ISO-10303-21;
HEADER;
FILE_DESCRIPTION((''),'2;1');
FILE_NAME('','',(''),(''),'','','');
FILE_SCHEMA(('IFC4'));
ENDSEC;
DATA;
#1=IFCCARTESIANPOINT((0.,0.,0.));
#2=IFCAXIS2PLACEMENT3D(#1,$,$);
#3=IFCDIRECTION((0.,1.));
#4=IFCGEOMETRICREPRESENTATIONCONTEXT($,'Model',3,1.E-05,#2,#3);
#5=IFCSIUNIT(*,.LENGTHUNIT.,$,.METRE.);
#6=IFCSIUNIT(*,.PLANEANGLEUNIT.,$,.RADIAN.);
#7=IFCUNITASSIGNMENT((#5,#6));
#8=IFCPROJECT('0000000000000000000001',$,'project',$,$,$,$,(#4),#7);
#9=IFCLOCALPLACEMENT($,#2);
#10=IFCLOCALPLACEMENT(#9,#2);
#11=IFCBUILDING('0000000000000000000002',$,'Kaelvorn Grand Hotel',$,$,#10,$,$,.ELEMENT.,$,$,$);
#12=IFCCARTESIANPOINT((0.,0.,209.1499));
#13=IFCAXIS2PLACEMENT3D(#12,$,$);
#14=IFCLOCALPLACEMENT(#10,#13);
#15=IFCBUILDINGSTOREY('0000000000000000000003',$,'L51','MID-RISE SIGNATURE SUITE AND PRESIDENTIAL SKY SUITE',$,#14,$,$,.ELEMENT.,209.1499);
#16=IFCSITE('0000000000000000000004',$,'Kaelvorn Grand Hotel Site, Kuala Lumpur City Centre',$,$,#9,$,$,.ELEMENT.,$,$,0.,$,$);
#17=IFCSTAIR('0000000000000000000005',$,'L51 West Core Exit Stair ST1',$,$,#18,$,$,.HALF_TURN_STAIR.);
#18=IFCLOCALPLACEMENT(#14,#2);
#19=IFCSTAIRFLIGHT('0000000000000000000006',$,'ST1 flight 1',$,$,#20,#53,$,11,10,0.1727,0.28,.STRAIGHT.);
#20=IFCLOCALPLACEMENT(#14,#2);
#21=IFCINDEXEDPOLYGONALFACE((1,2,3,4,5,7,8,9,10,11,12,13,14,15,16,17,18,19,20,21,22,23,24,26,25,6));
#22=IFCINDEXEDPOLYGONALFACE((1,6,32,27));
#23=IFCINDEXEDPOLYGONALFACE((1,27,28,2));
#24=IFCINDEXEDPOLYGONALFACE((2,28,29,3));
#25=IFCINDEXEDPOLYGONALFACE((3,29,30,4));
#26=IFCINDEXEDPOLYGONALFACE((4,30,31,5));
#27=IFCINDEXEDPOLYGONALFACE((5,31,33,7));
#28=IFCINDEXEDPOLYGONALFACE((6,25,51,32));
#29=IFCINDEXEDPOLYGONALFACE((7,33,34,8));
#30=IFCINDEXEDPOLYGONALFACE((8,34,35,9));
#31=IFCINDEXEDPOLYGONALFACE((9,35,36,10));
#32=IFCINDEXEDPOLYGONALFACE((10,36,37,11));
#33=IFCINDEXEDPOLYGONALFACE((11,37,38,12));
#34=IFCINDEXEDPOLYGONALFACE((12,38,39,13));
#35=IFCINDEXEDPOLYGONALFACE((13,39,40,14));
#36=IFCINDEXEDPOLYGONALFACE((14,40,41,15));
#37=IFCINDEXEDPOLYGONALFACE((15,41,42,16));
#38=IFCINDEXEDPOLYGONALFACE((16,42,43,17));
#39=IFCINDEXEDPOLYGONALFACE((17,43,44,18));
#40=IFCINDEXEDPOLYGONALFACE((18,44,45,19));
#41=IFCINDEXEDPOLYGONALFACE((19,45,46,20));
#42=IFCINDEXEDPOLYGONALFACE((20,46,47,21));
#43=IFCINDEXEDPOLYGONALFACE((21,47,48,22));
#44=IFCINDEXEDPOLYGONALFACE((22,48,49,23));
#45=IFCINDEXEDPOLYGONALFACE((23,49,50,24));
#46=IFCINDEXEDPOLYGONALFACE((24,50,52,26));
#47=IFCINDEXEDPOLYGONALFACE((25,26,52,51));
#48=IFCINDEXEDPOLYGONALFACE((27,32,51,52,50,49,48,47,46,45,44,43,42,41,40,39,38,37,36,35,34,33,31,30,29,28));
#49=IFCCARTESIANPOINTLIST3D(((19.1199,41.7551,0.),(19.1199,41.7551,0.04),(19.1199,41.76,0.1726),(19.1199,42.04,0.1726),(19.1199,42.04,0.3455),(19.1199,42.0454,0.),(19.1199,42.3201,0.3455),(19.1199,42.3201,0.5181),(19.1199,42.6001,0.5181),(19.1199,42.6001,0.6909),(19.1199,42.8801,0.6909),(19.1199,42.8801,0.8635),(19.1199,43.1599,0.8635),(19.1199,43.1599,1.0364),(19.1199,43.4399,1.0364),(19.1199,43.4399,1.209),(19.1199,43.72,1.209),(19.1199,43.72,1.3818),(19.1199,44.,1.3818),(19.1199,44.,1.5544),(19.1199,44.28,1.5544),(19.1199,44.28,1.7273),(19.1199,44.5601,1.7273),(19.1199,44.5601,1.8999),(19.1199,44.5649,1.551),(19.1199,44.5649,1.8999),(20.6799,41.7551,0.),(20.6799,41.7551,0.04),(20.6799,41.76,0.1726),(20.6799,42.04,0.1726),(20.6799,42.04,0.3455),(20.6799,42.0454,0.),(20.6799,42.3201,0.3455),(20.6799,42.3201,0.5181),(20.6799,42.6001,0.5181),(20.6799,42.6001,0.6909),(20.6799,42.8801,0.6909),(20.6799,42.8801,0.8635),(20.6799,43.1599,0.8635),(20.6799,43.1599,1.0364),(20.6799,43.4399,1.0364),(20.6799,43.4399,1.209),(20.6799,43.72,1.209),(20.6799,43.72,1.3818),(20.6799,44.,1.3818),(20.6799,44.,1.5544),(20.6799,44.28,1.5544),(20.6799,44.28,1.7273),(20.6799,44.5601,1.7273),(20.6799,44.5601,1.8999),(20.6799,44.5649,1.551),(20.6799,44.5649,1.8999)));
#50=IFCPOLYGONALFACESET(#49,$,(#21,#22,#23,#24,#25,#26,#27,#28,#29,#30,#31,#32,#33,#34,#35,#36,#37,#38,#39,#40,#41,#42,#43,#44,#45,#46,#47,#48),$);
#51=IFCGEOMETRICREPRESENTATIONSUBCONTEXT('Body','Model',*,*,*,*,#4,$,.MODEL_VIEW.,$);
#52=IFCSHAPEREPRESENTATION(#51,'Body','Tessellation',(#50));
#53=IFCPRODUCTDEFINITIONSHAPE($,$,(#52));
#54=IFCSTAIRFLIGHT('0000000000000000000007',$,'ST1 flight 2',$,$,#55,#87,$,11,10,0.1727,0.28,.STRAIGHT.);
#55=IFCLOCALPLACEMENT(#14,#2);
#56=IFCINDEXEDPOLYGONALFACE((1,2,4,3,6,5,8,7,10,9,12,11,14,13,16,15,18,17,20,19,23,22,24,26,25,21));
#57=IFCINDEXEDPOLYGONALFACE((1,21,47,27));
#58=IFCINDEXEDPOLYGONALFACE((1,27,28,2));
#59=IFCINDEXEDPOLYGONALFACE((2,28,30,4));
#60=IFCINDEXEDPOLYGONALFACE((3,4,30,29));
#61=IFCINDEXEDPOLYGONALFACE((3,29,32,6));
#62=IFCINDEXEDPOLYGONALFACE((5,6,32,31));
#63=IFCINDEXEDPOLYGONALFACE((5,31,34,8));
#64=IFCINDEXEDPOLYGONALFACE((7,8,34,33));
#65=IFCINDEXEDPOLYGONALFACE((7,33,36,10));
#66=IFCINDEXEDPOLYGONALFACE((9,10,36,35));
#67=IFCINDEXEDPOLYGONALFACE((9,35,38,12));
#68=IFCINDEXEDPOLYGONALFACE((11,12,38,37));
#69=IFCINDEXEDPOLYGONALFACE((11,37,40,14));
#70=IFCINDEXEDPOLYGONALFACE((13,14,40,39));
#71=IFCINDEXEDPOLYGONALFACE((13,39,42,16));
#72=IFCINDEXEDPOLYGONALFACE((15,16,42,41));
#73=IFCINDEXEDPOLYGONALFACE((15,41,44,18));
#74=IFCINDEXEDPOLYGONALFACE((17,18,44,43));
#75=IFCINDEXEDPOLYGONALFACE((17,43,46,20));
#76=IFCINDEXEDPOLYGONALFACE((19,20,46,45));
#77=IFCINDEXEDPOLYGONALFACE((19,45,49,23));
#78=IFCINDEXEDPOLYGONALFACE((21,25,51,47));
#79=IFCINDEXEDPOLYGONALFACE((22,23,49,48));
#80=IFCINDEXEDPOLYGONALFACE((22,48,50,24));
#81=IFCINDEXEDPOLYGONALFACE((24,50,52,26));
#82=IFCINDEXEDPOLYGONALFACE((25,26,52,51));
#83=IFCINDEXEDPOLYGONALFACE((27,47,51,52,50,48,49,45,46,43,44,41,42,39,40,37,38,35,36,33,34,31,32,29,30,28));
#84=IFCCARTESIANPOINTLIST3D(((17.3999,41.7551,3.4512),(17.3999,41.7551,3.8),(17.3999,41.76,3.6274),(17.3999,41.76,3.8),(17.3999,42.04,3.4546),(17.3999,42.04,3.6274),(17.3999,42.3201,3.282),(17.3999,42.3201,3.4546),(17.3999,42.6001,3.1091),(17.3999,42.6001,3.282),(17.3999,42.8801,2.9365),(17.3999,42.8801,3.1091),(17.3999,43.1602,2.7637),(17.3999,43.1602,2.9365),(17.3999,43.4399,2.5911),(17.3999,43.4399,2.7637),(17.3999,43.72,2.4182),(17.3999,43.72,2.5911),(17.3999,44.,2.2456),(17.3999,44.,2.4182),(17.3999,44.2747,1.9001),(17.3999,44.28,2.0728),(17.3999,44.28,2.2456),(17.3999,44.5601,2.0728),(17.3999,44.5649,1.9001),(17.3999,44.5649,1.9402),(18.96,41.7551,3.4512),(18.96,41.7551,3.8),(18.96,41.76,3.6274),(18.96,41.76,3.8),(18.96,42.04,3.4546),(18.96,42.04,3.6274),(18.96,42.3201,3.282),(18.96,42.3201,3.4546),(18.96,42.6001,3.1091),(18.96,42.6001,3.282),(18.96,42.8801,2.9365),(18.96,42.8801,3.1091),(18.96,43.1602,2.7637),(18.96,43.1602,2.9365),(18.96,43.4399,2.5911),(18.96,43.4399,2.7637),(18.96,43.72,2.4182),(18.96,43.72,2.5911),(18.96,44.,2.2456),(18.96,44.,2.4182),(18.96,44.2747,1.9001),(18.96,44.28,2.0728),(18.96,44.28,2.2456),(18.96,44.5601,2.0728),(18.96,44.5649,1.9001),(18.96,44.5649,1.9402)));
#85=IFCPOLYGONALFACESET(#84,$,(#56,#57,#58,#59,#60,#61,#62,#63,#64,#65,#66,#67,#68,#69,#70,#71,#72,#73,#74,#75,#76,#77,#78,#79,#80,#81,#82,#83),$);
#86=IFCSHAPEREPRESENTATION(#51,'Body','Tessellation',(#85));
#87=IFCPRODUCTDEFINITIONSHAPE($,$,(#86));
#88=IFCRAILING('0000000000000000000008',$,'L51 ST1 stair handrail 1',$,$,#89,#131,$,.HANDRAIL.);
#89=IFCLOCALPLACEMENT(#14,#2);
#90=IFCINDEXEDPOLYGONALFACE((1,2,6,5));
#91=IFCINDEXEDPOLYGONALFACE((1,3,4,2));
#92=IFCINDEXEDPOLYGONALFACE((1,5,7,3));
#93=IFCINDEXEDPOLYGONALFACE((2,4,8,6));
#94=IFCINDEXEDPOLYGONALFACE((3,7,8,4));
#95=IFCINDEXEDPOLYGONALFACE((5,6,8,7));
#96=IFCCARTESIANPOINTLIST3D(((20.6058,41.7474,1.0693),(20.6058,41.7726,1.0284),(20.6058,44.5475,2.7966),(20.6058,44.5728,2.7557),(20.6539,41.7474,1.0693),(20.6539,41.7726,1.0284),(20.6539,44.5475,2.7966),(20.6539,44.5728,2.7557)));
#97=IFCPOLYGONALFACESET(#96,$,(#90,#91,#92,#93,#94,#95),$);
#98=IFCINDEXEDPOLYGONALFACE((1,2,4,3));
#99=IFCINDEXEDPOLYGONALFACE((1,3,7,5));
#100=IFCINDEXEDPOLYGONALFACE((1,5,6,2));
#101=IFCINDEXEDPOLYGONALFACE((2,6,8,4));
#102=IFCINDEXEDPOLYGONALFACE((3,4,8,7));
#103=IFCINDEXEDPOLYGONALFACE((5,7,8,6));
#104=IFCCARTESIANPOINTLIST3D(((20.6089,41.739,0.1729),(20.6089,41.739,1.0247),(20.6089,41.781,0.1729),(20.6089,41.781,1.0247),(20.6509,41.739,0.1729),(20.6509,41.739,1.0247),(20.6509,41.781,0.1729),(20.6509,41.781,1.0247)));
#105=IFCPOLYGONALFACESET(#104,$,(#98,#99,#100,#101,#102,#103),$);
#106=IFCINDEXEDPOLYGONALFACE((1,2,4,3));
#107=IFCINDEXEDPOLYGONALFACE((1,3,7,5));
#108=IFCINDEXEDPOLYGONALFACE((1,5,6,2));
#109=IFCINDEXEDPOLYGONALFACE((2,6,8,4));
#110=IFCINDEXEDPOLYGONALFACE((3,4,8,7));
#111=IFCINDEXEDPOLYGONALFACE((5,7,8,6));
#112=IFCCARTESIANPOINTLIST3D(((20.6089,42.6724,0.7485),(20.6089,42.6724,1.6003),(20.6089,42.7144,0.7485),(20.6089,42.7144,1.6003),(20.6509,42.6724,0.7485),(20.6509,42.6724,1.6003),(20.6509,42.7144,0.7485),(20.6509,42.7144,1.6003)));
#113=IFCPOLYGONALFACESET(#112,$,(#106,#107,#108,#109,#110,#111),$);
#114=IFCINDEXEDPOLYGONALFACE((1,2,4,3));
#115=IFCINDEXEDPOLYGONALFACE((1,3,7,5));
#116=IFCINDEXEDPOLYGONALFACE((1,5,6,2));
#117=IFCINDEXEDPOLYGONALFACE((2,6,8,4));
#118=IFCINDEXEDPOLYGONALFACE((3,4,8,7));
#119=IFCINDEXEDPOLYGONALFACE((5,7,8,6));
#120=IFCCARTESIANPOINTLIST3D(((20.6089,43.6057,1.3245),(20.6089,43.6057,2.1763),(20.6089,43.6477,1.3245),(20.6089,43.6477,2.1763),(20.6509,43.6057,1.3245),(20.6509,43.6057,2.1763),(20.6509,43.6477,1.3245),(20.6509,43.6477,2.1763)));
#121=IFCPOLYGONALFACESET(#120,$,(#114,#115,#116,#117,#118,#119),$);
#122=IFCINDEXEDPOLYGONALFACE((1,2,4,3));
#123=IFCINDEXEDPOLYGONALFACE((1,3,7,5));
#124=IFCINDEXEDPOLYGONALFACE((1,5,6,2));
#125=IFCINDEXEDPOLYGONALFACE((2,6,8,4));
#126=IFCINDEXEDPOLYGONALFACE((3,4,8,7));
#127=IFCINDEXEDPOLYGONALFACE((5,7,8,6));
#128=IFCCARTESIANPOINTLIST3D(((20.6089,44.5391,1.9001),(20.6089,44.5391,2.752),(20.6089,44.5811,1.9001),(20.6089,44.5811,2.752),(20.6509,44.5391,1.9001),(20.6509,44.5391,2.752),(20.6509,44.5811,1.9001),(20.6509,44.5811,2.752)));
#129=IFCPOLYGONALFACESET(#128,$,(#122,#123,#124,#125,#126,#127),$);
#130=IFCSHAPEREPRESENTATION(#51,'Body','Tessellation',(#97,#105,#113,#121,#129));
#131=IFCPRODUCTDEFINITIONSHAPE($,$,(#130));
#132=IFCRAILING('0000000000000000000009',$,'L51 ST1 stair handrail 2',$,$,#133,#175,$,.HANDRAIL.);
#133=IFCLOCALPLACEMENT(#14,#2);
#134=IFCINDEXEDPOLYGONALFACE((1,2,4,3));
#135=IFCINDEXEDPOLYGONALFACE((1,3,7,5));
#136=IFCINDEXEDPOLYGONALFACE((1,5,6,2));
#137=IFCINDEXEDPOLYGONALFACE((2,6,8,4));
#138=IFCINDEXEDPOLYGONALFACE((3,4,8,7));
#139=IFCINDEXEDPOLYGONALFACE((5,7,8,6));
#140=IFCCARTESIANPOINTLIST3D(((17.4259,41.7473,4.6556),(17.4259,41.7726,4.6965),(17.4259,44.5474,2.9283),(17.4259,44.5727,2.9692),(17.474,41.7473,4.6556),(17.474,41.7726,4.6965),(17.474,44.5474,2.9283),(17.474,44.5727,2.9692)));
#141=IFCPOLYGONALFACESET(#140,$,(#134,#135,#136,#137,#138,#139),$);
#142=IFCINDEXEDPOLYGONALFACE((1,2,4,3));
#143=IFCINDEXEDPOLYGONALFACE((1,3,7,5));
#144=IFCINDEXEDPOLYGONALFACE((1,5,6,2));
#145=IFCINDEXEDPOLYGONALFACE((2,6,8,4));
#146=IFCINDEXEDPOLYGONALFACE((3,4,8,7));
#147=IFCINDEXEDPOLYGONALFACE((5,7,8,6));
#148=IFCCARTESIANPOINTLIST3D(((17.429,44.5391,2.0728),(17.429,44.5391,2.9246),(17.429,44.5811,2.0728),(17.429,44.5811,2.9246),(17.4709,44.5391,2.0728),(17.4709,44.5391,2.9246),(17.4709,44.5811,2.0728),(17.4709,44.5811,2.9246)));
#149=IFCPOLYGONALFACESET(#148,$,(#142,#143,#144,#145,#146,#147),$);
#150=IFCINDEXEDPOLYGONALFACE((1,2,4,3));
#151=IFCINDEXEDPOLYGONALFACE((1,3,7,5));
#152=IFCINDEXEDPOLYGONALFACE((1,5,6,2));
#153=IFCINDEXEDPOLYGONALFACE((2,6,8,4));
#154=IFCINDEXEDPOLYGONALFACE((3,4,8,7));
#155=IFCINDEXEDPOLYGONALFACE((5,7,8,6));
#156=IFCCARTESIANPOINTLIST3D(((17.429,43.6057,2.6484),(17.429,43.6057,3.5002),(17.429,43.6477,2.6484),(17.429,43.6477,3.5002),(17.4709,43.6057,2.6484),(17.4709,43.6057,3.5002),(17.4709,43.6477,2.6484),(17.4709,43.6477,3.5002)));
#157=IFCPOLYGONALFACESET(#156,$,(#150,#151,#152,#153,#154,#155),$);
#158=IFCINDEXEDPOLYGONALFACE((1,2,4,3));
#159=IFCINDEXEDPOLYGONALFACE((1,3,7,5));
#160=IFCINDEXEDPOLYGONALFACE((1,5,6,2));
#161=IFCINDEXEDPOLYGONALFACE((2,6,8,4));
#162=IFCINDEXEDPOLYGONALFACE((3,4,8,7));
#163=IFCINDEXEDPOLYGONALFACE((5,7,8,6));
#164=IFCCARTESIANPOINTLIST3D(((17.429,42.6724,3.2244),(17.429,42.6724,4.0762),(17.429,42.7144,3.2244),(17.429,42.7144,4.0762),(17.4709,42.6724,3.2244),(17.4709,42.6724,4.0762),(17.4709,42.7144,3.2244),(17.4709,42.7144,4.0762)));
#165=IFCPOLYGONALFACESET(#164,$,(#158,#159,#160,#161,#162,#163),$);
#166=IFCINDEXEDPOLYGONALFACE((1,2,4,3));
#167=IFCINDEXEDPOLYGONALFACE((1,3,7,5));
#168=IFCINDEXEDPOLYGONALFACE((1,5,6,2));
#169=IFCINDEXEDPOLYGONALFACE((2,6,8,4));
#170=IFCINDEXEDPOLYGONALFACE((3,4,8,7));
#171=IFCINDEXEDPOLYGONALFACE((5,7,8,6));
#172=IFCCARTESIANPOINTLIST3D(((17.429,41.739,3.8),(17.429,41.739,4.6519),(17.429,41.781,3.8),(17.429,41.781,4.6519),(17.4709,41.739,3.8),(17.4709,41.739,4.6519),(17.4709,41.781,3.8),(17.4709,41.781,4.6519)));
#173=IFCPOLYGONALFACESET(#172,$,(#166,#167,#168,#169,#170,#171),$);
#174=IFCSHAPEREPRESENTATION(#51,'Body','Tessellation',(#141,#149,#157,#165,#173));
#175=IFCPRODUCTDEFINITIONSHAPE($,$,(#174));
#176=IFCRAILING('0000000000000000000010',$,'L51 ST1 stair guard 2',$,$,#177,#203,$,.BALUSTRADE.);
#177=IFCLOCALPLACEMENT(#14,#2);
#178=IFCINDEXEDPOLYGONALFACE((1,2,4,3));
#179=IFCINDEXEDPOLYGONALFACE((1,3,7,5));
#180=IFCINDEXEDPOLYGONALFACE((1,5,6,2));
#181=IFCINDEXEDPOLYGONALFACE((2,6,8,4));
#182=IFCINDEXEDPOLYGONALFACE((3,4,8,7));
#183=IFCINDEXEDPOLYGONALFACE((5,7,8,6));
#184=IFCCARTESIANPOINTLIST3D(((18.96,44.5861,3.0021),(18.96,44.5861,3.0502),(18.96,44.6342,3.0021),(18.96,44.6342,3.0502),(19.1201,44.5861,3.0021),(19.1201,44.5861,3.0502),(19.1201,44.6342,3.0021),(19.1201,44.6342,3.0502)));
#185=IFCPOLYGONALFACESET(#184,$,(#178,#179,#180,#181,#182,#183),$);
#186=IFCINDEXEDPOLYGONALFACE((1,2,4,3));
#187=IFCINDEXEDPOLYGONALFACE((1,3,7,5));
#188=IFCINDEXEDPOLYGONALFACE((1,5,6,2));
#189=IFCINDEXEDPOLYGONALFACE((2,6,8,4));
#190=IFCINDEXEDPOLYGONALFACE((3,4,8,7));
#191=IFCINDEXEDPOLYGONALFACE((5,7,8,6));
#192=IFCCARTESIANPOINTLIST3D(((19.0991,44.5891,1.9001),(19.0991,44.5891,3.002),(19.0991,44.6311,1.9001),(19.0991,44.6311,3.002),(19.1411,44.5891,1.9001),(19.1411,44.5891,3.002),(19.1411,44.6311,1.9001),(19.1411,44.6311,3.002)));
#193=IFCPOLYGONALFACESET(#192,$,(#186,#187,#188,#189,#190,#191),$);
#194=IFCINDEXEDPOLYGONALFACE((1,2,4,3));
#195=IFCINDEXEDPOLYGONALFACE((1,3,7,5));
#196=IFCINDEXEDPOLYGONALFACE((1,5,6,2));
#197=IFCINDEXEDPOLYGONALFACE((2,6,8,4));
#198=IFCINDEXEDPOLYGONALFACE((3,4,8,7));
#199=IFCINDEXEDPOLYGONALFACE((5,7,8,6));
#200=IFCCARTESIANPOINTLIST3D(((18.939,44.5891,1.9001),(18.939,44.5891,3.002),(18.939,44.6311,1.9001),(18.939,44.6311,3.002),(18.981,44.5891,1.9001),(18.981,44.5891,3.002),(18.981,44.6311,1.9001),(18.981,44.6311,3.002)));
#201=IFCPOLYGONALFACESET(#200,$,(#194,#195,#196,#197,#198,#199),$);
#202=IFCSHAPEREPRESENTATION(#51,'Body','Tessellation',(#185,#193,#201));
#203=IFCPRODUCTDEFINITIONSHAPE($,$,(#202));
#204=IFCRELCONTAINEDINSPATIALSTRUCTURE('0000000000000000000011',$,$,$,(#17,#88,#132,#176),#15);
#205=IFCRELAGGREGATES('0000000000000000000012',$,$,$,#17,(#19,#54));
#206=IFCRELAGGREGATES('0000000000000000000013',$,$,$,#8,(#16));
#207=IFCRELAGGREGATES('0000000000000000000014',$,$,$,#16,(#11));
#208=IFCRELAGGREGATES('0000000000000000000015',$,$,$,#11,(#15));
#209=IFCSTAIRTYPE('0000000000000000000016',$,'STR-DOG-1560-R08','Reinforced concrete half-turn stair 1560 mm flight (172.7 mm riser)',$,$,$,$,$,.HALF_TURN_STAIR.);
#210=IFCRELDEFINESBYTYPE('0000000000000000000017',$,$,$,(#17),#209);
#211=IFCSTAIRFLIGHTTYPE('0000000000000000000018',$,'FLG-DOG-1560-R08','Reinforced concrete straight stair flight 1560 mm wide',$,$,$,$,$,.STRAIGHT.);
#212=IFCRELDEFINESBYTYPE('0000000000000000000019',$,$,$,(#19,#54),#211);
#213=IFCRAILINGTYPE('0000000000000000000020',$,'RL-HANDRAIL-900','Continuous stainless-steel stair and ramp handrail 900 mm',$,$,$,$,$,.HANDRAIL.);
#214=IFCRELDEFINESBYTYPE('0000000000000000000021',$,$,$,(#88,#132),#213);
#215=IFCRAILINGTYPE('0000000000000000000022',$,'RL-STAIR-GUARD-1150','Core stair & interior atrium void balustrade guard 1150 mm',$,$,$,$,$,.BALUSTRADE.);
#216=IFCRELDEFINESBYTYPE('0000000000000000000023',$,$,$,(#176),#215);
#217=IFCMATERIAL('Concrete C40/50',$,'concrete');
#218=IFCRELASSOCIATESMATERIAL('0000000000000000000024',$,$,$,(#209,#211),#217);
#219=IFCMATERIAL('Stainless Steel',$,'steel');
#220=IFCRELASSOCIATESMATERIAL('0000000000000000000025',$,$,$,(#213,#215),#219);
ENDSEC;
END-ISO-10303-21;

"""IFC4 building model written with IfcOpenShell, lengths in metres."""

from ifc_helpers import new_model, si_unit, direction, frame, origin, origin_2d, place, context, subcontext, project, spatial, polyline, rectangle, outline, extrude, material, type_object, element, aggregate, save


model = new_model("IFC4")

# Units and contexts
model_context = context("Model", 3, precision=1e-05, world=origin(), true_north=direction((0.0, 1.0)))
body_context = subcontext(model_context, "Body", "Model", "MODEL_VIEW")
ifc_project = project(units=[si_unit("LENGTHUNIT", "METRE"), si_unit("PLANEANGLEUNIT", "RADIAN")], contexts=[model_context])

# Site, building, storey
site_placement = place(None, origin())
site = spatial("IfcSite", under=ifc_project, at=site_placement, Name="Kaelvorn Grand Hotel Site, Kuala Lumpur City Centre", CompositionType="ELEMENT", RefElevation=0.0)
building_placement = place(site_placement, origin())
building = spatial("IfcBuilding", under=site, at=building_placement, Name="Kaelvorn Grand Hotel", CompositionType="ELEMENT")
storey_placement = place(building_placement, frame((0.0, 0.0, 209.1499)))
storey = spatial("IfcBuildingStorey", under=building, at=storey_placement, Name="L51", Description="MID-RISE SIGNATURE SUITE AND PRESIDENTIAL SKY SUITE", CompositionType="ELEMENT", Elevation=209.1499)

# Shared definitions
ifc_material_1 = material(Name="Concrete C40/50", Category="concrete")

# Stair, stair flights
stair_type = type_object("IfcStairType", Name="STR-DOG-1560-R08", Description="Reinforced concrete half-turn stair 1560 mm flight (172.7 mm riser)", PredefinedType="HALF_TURN_STAIR", material=ifc_material_1)
stair_placement = place(storey_placement, origin())
stair = element("IfcStair", 1, at=stair_placement, inside=storey, type_object=stair_type, Name="L51 West Core Exit Stair ST1", PredefinedType="HALF_TURN_STAIR")
stair_flight_type = type_object("IfcStairFlightType", Name="FLG-DOG-1560-R08", Description="Reinforced concrete straight stair flight 1560 mm wide", PredefinedType="STRAIGHT", material=ifc_material_1)
stair_flight_1_placement = place(storey_placement, frame((19.8999, 41.76, 0.0), z_axis=(0.0, 0.0, 1.0), x_axis=(0.0, 1.0, 0.0)))
stair_flight_1 = element("IfcStairFlight", 2, at=stair_flight_1_placement, type_object=stair_flight_type, Name="ST1 flight 1", NumberOfRisers=11, NumberOfTreads=10, PredefinedType="STRAIGHT", RiserHeight=0.1727, TreadLength=0.28, context=body_context, shape_type="SweptSolid", body=[
    extrude(outline(polyline([(-0.0049, 0.0), (-0.0049, 0.04), (0.0, 0.1726), (0.28, 0.1726), (0.28, 0.3455), (0.5601, 0.3455), (0.5601, 0.5181), (0.8401, 0.5181), (0.8401, 0.6909), (1.1201, 0.6909), (1.1201, 0.8635), (1.3999, 0.8635), (1.3999, 1.0364), (1.6799, 1.0364), (1.6799, 1.209), (1.96, 1.209), (1.96, 1.3818), (2.24, 1.3818), (2.24, 1.5544), (2.52, 1.5544), (2.52, 1.7273), (2.8, 1.7273), (2.8, 1.8999), (2.8049, 1.8999), (2.8049, 1.551), (0.2854, 0.0), (-0.0049, 0.0)])), frame((0.0, 0.78, 0.0), z_axis=(0.0, -1.0, 0.0), x_axis=(1.0, 0.0, 0.0)), (0.0, 0.0, 1.0), 1.5601),
])
stair_flight_2_placement = place(storey_placement, frame((18.1799, 44.5601, 1.9001), z_axis=(0.0, 0.0, 1.0), x_axis=(0.0, -1.0, 0.0)))
stair_flight_2 = element("IfcStairFlight", 3, at=stair_flight_2_placement, type_object=stair_flight_type, Name="ST1 flight 2", NumberOfRisers=11, NumberOfTreads=10, PredefinedType="STRAIGHT", RiserHeight=0.1727, TreadLength=0.28, context=body_context, shape_type="SweptSolid", body=[
    extrude(outline(polyline([(-0.0049, 0.0), (-0.0049, 0.04), (0.0, 0.1726), (0.28, 0.1726), (0.28, 0.3455), (0.5601, 0.3455), (0.5601, 0.5181), (0.8401, 0.5181), (0.8401, 0.6909), (1.1201, 0.6909), (1.1201, 0.8635), (1.3999, 0.8635), (1.3999, 1.0364), (1.6799, 1.0364), (1.6799, 1.209), (1.96, 1.209), (1.96, 1.3818), (2.24, 1.3818), (2.24, 1.5544), (2.52, 1.5544), (2.52, 1.7273), (2.8, 1.7273), (2.8, 1.8999), (2.8049, 1.8999), (2.8049, 1.551), (0.2854, 0.0), (-0.0049, 0.0)])), frame((0.0, 0.78, 0.0), z_axis=(0.0, -1.0, 0.0), x_axis=(1.0, 0.0, 0.0)), (0.0, 0.0, 1.0), 1.5601),
])
aggregate(stair, [stair_flight_1, stair_flight_2])

# Railings
ifc_material_2 = material(Name="Stainless Steel", Category="steel")
railing_type_1 = type_object("IfcRailingType", Name="RL-HANDRAIL-900", Description="Continuous stainless-steel stair and ramp handrail 900 mm", PredefinedType="HANDRAIL", material=ifc_material_2)
railing_1_placement = place(storey_placement, frame((20.6299, 41.76, 0.1729)))
element("IfcRailing", 4, at=railing_1_placement, inside=storey, type_object=railing_type_1, Name="L51 ST1 stair handrail 1", PredefinedType="HANDRAIL", context=body_context, shape_type="SweptSolid", body=[
    extrude(rectangle(XDim=0.0481, YDim=0.0481, at=origin_2d()), frame((0.0, 0.0, 0.876), z_axis=(0.0, 0.85109, 0.52502), x_axis=(-1.0, 0.0, 0.0)), (0.0, 0.0, 1.0), 3.29),
    extrude(rectangle(XDim=0.042, YDim=0.042, at=origin_2d()), origin(), (0.0, 0.0, 1.0), 0.8518),
    extrude(rectangle(XDim=0.042, YDim=0.042, at=origin_2d()), frame((0.0, 0.9333, 0.5757)), (0.0, 0.0, 1.0), 0.8518),
    extrude(rectangle(XDim=0.042, YDim=0.042, at=origin_2d()), frame((0.0, 1.8667, 1.1516)), (0.0, 0.0, 1.0), 0.8518),
    extrude(rectangle(XDim=0.042, YDim=0.042, at=origin_2d()), frame((0.0, 2.8, 1.7273)), (0.0, 0.0, 1.0), 0.8518),
])
railing_2_placement = place(storey_placement, frame((17.45, 44.5601, 2.0728)))
element("IfcRailing", 5, at=railing_2_placement, inside=storey, type_object=railing_type_1, Name="L51 ST1 stair handrail 2", PredefinedType="HANDRAIL", context=body_context, shape_type="SweptSolid", body=[
    extrude(rectangle(XDim=0.0481, YDim=0.0481, at=origin_2d()), frame((0.0, 0.0, 0.876), z_axis=(0.0, -0.85109, 0.52502), x_axis=(1.0, 0.0, 0.0)), (0.0, 0.0, 1.0), 3.29),
    extrude(rectangle(XDim=0.042, YDim=0.042, at=origin_2d()), origin(), (0.0, 0.0, 1.0), 0.8518),
    extrude(rectangle(XDim=0.042, YDim=0.042, at=origin_2d()), frame((0.0, -0.9333, 0.5757)), (0.0, 0.0, 1.0), 0.8518),
    extrude(rectangle(XDim=0.042, YDim=0.042, at=origin_2d()), frame((0.0, -1.8667, 1.1516)), (0.0, 0.0, 1.0), 0.8518),
    extrude(rectangle(XDim=0.042, YDim=0.042, at=origin_2d()), frame((0.0, -2.8, 1.7273)), (0.0, 0.0, 1.0), 0.8518),
])
railing_type_2 = type_object("IfcRailingType", Name="RL-STAIR-GUARD-1150", Description="Core stair & interior atrium void balustrade guard 1150 mm", PredefinedType="BALUSTRADE", material=ifc_material_2)
railing_3_placement = place(storey_placement, frame((19.1201, 44.6101, 1.9001)))
element("IfcRailing", 6, at=railing_3_placement, inside=storey, type_object=railing_type_2, Name="L51 ST1 stair guard 2", PredefinedType="BALUSTRADE", context=body_context, shape_type="SweptSolid", body=[
    extrude(rectangle(XDim=0.0481, YDim=0.0481, at=origin_2d()), frame((0.0, 0.0, 1.126), z_axis=(-1.0, 0.0, 0.0), x_axis=(0.0, -1.0, 0.0)), (0.0, 0.0, 1.0), 0.1602),
    extrude(rectangle(XDim=0.042, YDim=0.042, at=origin_2d()), origin(), (0.0, 0.0, 1.0), 1.1018),
    extrude(rectangle(XDim=0.042, YDim=0.042, at=origin_2d()), frame((-0.1602, 0.0, 0.0)), (0.0, 0.0, 1.0), 1.1018),
])

save(model, "model.ifc")
